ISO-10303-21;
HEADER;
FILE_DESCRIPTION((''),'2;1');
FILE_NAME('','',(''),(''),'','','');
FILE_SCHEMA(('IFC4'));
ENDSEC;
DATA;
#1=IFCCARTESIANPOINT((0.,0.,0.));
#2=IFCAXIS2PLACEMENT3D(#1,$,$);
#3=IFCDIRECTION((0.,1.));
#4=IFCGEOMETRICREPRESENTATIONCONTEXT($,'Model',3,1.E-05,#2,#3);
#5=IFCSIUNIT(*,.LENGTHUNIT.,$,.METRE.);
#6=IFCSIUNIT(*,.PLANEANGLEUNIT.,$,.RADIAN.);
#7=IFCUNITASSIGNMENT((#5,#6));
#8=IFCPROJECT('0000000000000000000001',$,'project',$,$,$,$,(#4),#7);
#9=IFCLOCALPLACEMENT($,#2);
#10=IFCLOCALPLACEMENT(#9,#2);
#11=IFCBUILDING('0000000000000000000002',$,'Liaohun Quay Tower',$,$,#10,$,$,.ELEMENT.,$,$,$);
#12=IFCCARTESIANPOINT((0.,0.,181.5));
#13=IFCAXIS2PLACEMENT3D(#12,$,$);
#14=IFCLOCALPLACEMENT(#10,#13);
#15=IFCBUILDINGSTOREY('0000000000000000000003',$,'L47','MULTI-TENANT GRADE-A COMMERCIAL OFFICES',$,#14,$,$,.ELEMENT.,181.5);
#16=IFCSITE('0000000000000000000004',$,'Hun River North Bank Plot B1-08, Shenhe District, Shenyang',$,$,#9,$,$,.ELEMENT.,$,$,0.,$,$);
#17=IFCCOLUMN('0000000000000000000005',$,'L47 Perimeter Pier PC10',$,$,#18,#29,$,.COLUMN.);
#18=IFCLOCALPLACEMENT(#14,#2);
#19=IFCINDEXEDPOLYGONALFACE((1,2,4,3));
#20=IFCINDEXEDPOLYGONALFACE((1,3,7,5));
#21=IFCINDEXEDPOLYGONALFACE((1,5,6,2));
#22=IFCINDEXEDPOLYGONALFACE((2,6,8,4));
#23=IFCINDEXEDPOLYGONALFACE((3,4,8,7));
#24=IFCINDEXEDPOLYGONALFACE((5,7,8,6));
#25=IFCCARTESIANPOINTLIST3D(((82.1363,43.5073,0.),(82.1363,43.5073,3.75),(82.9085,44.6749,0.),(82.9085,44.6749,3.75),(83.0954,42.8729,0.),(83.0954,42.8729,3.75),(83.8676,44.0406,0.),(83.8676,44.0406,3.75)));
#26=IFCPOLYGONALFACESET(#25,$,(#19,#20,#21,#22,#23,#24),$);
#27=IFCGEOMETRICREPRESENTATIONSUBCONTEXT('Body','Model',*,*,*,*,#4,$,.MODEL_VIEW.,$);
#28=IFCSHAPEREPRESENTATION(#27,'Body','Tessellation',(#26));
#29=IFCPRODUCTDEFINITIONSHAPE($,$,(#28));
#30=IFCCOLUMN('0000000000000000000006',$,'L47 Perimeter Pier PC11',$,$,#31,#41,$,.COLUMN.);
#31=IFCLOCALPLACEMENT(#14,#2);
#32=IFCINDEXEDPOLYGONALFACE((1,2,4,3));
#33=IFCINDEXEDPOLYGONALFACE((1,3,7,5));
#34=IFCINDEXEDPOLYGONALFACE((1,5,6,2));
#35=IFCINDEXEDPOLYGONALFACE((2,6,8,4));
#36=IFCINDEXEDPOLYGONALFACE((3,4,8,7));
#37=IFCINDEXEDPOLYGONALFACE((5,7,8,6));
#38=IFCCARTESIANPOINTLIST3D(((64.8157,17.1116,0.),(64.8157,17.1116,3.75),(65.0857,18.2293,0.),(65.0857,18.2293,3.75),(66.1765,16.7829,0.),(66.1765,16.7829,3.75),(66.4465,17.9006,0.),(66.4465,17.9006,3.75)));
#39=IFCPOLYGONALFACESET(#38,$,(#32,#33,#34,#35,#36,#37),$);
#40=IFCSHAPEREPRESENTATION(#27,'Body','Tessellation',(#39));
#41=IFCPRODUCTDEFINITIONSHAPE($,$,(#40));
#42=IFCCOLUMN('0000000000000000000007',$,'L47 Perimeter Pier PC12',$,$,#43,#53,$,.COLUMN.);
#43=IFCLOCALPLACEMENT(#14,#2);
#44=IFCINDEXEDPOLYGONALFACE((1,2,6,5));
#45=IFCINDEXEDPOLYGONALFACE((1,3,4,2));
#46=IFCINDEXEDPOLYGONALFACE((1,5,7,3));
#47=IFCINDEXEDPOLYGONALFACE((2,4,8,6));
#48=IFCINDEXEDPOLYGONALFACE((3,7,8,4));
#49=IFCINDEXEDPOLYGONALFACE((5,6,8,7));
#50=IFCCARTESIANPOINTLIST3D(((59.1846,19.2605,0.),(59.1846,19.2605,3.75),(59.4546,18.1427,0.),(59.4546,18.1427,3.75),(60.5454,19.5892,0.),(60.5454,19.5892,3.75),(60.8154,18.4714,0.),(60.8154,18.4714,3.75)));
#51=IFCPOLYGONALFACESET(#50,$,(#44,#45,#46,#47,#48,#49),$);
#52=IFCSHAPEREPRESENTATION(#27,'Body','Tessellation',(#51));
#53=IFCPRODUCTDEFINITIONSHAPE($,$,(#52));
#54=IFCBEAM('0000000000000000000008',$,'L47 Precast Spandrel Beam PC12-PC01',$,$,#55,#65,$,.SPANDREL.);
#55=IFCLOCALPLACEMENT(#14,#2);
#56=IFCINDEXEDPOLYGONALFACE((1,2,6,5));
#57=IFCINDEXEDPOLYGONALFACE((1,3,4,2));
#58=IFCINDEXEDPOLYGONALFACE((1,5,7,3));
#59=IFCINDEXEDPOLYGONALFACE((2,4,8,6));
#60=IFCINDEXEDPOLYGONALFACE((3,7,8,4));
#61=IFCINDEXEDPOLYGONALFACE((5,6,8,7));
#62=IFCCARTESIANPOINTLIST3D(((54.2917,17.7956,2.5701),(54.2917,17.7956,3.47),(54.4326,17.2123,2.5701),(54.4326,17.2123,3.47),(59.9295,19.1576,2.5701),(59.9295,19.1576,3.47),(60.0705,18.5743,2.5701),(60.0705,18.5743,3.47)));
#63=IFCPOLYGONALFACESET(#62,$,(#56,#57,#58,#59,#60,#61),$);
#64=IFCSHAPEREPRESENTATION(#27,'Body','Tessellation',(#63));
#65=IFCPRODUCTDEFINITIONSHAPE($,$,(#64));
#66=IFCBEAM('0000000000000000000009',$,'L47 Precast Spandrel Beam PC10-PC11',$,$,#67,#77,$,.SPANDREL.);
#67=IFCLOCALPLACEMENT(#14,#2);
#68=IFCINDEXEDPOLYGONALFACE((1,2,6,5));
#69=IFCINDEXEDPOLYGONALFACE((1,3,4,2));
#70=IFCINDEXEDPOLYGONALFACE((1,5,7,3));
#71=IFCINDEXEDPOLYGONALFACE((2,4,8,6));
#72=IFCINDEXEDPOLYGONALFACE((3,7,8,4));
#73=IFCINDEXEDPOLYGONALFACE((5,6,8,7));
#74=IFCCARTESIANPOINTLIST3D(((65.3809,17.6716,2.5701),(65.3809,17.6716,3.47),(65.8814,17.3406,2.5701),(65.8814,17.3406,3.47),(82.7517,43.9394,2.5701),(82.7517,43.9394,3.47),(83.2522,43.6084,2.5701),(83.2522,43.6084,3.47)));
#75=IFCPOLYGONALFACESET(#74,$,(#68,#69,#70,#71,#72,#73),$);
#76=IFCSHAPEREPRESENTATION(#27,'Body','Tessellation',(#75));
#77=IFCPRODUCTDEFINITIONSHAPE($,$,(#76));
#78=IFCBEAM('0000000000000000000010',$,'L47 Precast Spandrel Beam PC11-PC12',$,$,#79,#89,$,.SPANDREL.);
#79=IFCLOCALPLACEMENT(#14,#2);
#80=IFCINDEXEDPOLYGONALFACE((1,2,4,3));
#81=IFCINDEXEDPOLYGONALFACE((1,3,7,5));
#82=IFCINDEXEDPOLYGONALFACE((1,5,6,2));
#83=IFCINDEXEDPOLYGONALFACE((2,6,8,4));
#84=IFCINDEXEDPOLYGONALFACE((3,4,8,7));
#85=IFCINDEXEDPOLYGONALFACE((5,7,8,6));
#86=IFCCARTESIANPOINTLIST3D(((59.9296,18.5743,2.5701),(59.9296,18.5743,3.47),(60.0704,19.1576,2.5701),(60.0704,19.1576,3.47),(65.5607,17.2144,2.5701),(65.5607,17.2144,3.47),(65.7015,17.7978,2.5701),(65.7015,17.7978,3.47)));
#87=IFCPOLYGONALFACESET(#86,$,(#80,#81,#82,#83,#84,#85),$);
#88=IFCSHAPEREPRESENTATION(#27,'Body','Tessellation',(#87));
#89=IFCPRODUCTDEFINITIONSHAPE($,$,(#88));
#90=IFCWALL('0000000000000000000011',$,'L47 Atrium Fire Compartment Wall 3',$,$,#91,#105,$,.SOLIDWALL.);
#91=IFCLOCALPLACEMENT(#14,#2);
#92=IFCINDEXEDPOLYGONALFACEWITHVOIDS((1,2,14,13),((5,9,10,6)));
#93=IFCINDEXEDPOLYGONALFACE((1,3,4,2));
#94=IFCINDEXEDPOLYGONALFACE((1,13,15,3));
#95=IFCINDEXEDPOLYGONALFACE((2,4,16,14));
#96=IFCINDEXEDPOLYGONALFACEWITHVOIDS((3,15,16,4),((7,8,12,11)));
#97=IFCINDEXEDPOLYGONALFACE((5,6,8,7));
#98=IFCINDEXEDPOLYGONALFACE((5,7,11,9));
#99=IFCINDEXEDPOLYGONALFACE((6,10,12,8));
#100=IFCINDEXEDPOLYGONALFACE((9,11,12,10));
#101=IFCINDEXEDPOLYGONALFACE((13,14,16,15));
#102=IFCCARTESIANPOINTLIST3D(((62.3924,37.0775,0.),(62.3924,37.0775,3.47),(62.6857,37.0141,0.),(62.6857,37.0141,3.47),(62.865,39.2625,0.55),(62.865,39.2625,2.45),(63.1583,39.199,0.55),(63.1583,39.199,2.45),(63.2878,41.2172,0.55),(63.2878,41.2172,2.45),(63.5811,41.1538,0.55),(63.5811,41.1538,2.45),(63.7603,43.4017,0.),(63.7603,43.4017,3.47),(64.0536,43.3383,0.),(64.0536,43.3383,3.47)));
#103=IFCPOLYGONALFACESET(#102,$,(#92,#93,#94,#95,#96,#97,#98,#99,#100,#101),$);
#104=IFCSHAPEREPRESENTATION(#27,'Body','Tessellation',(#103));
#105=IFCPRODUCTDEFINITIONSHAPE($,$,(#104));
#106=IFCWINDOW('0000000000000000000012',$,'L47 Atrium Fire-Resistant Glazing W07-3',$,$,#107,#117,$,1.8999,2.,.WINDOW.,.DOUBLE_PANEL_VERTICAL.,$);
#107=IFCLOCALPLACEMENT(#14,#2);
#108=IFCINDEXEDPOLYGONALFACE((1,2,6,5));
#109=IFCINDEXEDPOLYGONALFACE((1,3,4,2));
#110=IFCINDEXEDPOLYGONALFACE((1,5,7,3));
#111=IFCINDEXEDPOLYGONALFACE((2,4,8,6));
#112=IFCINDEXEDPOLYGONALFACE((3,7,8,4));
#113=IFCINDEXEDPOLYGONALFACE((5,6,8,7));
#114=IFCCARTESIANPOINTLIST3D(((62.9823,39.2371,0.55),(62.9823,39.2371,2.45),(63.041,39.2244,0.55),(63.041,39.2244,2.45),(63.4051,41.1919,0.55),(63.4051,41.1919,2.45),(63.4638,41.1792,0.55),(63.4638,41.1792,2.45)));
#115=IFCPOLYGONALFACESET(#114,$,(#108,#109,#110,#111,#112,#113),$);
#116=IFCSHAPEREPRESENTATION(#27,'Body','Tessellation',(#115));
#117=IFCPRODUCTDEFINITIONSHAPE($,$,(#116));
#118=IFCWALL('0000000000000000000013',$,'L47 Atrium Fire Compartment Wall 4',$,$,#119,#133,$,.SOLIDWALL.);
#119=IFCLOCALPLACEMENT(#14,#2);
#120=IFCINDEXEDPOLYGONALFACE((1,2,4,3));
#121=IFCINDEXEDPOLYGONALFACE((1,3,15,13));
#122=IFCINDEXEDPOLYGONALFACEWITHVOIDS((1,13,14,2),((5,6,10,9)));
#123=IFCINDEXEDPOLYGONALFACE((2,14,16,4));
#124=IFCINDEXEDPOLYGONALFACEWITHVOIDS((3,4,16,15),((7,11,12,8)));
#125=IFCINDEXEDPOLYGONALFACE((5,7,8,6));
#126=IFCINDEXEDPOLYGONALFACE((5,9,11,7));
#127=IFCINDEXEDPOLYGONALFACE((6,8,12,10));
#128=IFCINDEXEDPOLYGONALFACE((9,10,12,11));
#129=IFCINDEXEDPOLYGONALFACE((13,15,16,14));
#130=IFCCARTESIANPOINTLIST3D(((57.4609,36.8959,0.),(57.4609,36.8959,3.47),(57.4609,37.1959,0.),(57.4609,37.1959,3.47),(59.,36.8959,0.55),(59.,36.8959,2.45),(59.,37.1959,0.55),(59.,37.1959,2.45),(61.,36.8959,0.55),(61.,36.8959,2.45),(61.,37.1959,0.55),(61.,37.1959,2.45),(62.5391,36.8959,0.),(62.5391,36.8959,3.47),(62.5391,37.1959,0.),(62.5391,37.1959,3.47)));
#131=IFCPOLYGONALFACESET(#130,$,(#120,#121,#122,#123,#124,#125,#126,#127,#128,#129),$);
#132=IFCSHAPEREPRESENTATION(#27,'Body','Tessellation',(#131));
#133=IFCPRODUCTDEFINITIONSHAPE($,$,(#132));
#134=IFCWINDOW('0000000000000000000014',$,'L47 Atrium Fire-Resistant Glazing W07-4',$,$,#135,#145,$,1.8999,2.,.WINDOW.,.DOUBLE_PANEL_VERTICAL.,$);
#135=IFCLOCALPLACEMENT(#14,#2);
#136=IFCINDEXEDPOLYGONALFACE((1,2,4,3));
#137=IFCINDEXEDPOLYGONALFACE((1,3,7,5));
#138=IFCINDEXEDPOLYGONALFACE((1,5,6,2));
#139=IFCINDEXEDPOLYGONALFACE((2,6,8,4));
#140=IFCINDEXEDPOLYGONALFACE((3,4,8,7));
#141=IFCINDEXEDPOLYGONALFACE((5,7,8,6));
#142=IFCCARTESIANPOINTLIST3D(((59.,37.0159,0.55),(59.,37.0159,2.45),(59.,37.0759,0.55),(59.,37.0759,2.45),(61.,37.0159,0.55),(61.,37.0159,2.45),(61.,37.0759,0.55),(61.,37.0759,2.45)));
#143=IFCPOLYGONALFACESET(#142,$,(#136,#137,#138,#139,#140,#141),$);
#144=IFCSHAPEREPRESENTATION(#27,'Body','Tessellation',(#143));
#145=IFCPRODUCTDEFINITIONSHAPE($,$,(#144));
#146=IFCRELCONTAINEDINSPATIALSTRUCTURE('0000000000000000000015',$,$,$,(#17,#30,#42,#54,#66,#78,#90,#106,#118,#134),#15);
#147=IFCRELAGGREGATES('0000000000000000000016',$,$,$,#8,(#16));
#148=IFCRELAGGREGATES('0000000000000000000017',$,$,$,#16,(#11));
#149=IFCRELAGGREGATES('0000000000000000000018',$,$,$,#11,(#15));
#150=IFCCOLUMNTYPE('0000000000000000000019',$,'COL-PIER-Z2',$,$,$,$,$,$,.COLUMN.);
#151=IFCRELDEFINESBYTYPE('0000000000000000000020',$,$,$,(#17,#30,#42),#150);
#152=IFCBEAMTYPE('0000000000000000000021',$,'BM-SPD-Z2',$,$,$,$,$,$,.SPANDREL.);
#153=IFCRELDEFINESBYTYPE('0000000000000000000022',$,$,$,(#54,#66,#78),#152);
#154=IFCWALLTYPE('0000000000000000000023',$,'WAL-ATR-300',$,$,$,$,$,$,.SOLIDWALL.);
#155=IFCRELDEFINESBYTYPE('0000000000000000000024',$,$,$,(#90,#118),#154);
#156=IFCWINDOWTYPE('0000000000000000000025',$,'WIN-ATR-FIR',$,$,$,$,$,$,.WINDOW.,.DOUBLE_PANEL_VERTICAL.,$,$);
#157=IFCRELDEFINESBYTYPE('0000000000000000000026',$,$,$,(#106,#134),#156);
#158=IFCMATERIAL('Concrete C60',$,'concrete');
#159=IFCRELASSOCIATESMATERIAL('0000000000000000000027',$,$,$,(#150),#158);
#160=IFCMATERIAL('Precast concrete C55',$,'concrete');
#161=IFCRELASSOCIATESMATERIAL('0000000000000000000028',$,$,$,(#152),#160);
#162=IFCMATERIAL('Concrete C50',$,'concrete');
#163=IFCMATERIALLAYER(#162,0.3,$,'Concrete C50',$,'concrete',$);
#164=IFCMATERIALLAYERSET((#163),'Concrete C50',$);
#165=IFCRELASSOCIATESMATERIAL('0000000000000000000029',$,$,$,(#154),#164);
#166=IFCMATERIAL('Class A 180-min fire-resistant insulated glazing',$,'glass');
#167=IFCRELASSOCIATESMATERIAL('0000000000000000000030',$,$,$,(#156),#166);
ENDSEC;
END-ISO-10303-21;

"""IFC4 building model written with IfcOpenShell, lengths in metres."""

from ifc_helpers import new_model, si_unit, direction, frame, frame_2d, origin, origin_2d, place, context, subcontext, project, spatial, rectangle, extrude, source, transform, mapped, material, layer, layer_set, material_profile, profile_set, type_object, element, fill, save


model = new_model("IFC4")

# Units and contexts
model_context = context("Model", 3, precision=1e-05, world=origin(), true_north=direction((0.0, 1.0)))
body_context = subcontext(model_context, "Body", "Model", "MODEL_VIEW")
ifc_project = project(units=[si_unit("LENGTHUNIT", "METRE"), si_unit("PLANEANGLEUNIT", "RADIAN")], contexts=[model_context])

# Site, building, storey
site_placement = place(None, origin())
site = spatial("IfcSite", under=ifc_project, at=site_placement, Name="Hun River North Bank Plot B1-08, Shenhe District, Shenyang", CompositionType="ELEMENT", RefElevation=0.0)
building_placement = place(site_placement, origin())
building = spatial("IfcBuilding", under=site, at=building_placement, Name="Liaohun Quay Tower", CompositionType="ELEMENT")
storey_placement = place(building_placement, frame((0.0, 0.0, 181.5)))
storey = spatial("IfcBuildingStorey", under=building, at=storey_placement, Name="L47", Description="MULTI-TENANT GRADE-A COMMERCIAL OFFICES", CompositionType="ELEMENT", Elevation=181.5)

# Columns
ifc_material_1 = material(Name="Concrete C60", Category="concrete")
ifc_material_profile_1 = material_profile(ifc_material_1, rectangle(XDim=1.3999, YDim=1.1499, at=origin_2d()), Name="RC1400x1150")
ifc_profile_set_1 = profile_set([ifc_material_profile_1], Name="Concrete C60")
column_type = type_object("IfcColumnType", Name="COL-PIER-Z2", PredefinedType="COLUMN", material=ifc_profile_set_1)
shared_shape_1 = source(origin(), body_context, "Body", "SweptSolid", [
    extrude(rectangle(XDim=1.3999, YDim=1.1499, at=origin_2d()), origin(), (0.0, 0.0, 1.0), 3.75),
])
for number, where, z_axis, x_axis, name in (
    (1, (83.002, 43.7739, 0.0), (0.0, 0.0, 1.0), (0.551646, 0.834078, 0.0), "L47 Perimeter Pier PC10"),
    (2, (65.6311, 17.5061, 0.0), (0.0, 0.0, 1.0), (-0.972043, 0.234803, 0.0), "L47 Perimeter Pier PC11"),
    (3, (60.0, 18.866, 0.0), (0.0, 0.0, 1.0), (0.972043, 0.234803, 0.0), "L47 Perimeter Pier PC12"),
):
    element("IfcColumn", number, at=place(storey_placement, frame(where, z_axis=z_axis, x_axis=x_axis)), inside=storey, type_object=column_type, Name=name, PredefinedType="COLUMN", context=body_context, shape_type="MappedRepresentation", body=[
        mapped(shared_shape_1, transform((0.0, 0.0, 0.0), x_axis=(1.0, 0.0, 0.0), y_axis=(0.0, 1.0, 0.0), z_axis=(0.0, 0.0, 1.0), scale=1.0)),
    ])

# Beams
ifc_material_2 = material(Name="Precast concrete C55", Category="concrete")
ifc_material_profile_2 = material_profile(ifc_material_2, rectangle(XDim=0.6001, YDim=0.8999, at=origin_2d()), Name="RC600x900")
ifc_profile_set_2 = profile_set([ifc_material_profile_2], Name="Precast concrete C55")
beam_type = type_object("IfcBeamType", Name="BM-SPD-Z2", PredefinedType="SPANDREL", material=ifc_profile_set_2)
shared_shape_2 = source(origin(), body_context, "Body", "SweptSolid", [
    extrude(rectangle(XDim=0.6001, YDim=0.8999, at=origin_2d()), origin(), (0.0, 0.0, 1.0), 5.8),
])
beam_1_placement = place(storey_placement, frame((60.0, 18.866, 3.02), z_axis=(-0.972036, -0.234833, 0.0), x_axis=(0.234833, -0.972036, 0.0)))
element("IfcBeam", 4, at=beam_1_placement, inside=storey, type_object=beam_type, Name="L47 Precast Spandrel Beam PC12-PC01", PredefinedType="SPANDREL", context=body_context, shape_type="MappedRepresentation", body=[
    mapped(shared_shape_2, transform((0.0, 0.0, 0.0), x_axis=(1.0, 0.0, 0.0), y_axis=(0.0, 1.0, 0.0), z_axis=(0.0, 0.0, 1.0), scale=1.0)),
])
shared_shape_3 = source(origin(), body_context, "Body", "SweptSolid", [
    extrude(rectangle(XDim=0.6001, YDim=0.8999, at=origin_2d()), origin(), (0.0, 0.0, 1.0), 31.4919),
])
beam_2_placement = place(storey_placement, frame((83.002, 43.7739, 3.02), z_axis=(-0.551596, -0.834111, 0.0), x_axis=(0.834111, -0.551596, 0.0)))
element("IfcBeam", 5, at=beam_2_placement, inside=storey, type_object=beam_type, Name="L47 Precast Spandrel Beam PC10-PC11", PredefinedType="SPANDREL", context=body_context, shape_type="MappedRepresentation", body=[
    mapped(shared_shape_3, transform((0.0, 0.0, 0.0), x_axis=(1.0, 0.0, 0.0), y_axis=(0.0, 1.0, 0.0), z_axis=(0.0, 0.0, 1.0), scale=1.0)),
])
shared_shape_4 = source(origin(), body_context, "Body", "SweptSolid", [
    extrude(rectangle(XDim=0.6001, YDim=0.8999, at=origin_2d()), origin(), (0.0, 0.0, 1.0), 5.793),
])
beam_3_placement = place(storey_placement, frame((65.6311, 17.5061, 3.02), z_axis=(-0.972057, 0.234744, 0.0), x_axis=(-0.234744, -0.972057, 0.0)))
element("IfcBeam", 6, at=beam_3_placement, inside=storey, type_object=beam_type, Name="L47 Precast Spandrel Beam PC11-PC12", PredefinedType="SPANDREL", context=body_context, shape_type="MappedRepresentation", body=[
    mapped(shared_shape_4, transform((0.0, 0.0, 0.0), x_axis=(1.0, 0.0, 0.0), y_axis=(0.0, 1.0, 0.0), z_axis=(0.0, 0.0, 1.0), scale=1.0)),
])

# Walls, openings, windows
ifc_material_3 = material(Name="Concrete C50", Category="concrete")
ifc_layer_1 = layer(ifc_material_3, 0.3, Name="Concrete C50", Category="concrete")
ifc_layer_set_1 = layer_set([ifc_layer_1], Name="Concrete C50")
wall_type_1 = type_object("IfcWallType", Name="WAL-ATR-300", PredefinedType="SOLIDWALL", material=ifc_layer_set_1)
wall_1_placement = place(storey_placement, frame((63.907, 43.3701, 0.0), z_axis=(0.0, 0.0, 1.0), x_axis=(-0.21141, -0.977398, 0.0)))
wall_1 = element("IfcWall", 7, at=wall_1_placement, inside=storey, type_object=wall_type_1, Name="L47 Atrium Fire Compartment Wall 3", PredefinedType="SOLIDWALL", context=body_context, shape_type="SweptSolid", body=[
    extrude(rectangle(XDim=6.4705, YDim=0.3, at=frame_2d((3.2354, 0.0))), origin(), (0.0, 0.0, 1.0), 3.47),
])
shared_shape_5 = source(origin(), body_context, "Body", "SweptSolid", [
    extrude(rectangle(XDim=2.0, YDim=1.8999, at=frame_2d((1.0, 0.95))), frame((0.0, 0.1599, 0.0), z_axis=(0.0, -1.0, 0.0), x_axis=(1.0, 0.0, 0.0)), (0.0, 0.0, 1.0), 0.3201),
])
opening_1_placement = place(wall_1_placement, frame((2.2351, 0.0, 0.55)))
opening_1 = element("IfcOpeningElement", 8, at=opening_1_placement, cuts=wall_1, PredefinedType="OPENING", context=body_context, shape_type="MappedRepresentation", body=[
    mapped(shared_shape_5, transform((0.0, 0.0, 0.0), x_axis=(1.0, 0.0, 0.0), y_axis=(0.0, 1.0, 0.0), z_axis=(0.0, 0.0, 1.0), scale=1.0)),
])
ifc_material_4 = material(Name="Class A 180-min fire-resistant insulated glazing", Category="glass")
window_type_1 = type_object("IfcWindowType", Name="WIN-ATR-FIR", PartitioningType="DOUBLE_PANEL_VERTICAL", PredefinedType="WINDOW", material=ifc_material_4)
shared_shape_6 = source(origin(), body_context, "Body", "SweptSolid", [
    extrude(rectangle(XDim=2.0, YDim=1.8999, at=frame_2d((1.0, 0.95))), frame((0.0, 0.03, 0.0), z_axis=(0.0, -1.0, 0.0), x_axis=(1.0, 0.0, 0.0)), (0.0, 0.0, 1.0), 0.0601),
])
window_1_placement = place(opening_1_placement, origin())
window_1 = element("IfcWindow", 9, at=window_1_placement, inside=storey, type_object=window_type_1, Name="L47 Atrium Fire-Resistant Glazing W07-3", OverallHeight=1.8999, OverallWidth=2.0, PartitioningType="DOUBLE_PANEL_VERTICAL", PredefinedType="WINDOW", context=body_context, shape_type="MappedRepresentation", body=[
    mapped(shared_shape_6, transform((0.0, 0.0, 0.0), x_axis=(1.0, 0.0, 0.0), y_axis=(0.0, 1.0, 0.0), z_axis=(0.0, 0.0, 1.0), scale=1.0)),
])
fill(opening_1, window_1)
wall_2_placement = place(storey_placement, frame((62.5391, 37.0459, 0.0), z_axis=(0.0, 0.0, 1.0), x_axis=(-1.0, 0.0, 0.0)))
wall_2 = element("IfcWall", 10, at=wall_2_placement, inside=storey, type_object=wall_type_1, Name="L47 Atrium Fire Compartment Wall 4", PredefinedType="SOLIDWALL", context=body_context, shape_type="SweptSolid", body=[
    extrude(rectangle(XDim=5.0781, YDim=0.3, at=frame_2d((2.5391, 0.0))), origin(), (0.0, 0.0, 1.0), 3.47),
])
opening_2_placement = place(wall_2_placement, frame((1.5391, 0.0, 0.55)))
opening_2 = element("IfcOpeningElement", 11, at=opening_2_placement, cuts=wall_2, PredefinedType="OPENING", context=body_context, shape_type="MappedRepresentation", body=[
    mapped(shared_shape_5, transform((0.0, 0.0, 0.0), x_axis=(1.0, 0.0, 0.0), y_axis=(0.0, 1.0, 0.0), z_axis=(0.0, 0.0, 1.0), scale=1.0)),
])
window_2_placement = place(opening_2_placement, origin())
window_2 = element("IfcWindow", 12, at=window_2_placement, inside=storey, type_object=window_type_1, Name="L47 Atrium Fire-Resistant Glazing W07-4", OverallHeight=1.8999, OverallWidth=2.0, PartitioningType="DOUBLE_PANEL_VERTICAL", PredefinedType="WINDOW", context=body_context, shape_type="MappedRepresentation", body=[
    mapped(shared_shape_6, transform((0.0, 0.0, 0.0), x_axis=(1.0, 0.0, 0.0), y_axis=(0.0, 1.0, 0.0), z_axis=(0.0, 0.0, 1.0), scale=1.0)),
])
fill(opening_2, window_2)

save(model, "model.ifc")
